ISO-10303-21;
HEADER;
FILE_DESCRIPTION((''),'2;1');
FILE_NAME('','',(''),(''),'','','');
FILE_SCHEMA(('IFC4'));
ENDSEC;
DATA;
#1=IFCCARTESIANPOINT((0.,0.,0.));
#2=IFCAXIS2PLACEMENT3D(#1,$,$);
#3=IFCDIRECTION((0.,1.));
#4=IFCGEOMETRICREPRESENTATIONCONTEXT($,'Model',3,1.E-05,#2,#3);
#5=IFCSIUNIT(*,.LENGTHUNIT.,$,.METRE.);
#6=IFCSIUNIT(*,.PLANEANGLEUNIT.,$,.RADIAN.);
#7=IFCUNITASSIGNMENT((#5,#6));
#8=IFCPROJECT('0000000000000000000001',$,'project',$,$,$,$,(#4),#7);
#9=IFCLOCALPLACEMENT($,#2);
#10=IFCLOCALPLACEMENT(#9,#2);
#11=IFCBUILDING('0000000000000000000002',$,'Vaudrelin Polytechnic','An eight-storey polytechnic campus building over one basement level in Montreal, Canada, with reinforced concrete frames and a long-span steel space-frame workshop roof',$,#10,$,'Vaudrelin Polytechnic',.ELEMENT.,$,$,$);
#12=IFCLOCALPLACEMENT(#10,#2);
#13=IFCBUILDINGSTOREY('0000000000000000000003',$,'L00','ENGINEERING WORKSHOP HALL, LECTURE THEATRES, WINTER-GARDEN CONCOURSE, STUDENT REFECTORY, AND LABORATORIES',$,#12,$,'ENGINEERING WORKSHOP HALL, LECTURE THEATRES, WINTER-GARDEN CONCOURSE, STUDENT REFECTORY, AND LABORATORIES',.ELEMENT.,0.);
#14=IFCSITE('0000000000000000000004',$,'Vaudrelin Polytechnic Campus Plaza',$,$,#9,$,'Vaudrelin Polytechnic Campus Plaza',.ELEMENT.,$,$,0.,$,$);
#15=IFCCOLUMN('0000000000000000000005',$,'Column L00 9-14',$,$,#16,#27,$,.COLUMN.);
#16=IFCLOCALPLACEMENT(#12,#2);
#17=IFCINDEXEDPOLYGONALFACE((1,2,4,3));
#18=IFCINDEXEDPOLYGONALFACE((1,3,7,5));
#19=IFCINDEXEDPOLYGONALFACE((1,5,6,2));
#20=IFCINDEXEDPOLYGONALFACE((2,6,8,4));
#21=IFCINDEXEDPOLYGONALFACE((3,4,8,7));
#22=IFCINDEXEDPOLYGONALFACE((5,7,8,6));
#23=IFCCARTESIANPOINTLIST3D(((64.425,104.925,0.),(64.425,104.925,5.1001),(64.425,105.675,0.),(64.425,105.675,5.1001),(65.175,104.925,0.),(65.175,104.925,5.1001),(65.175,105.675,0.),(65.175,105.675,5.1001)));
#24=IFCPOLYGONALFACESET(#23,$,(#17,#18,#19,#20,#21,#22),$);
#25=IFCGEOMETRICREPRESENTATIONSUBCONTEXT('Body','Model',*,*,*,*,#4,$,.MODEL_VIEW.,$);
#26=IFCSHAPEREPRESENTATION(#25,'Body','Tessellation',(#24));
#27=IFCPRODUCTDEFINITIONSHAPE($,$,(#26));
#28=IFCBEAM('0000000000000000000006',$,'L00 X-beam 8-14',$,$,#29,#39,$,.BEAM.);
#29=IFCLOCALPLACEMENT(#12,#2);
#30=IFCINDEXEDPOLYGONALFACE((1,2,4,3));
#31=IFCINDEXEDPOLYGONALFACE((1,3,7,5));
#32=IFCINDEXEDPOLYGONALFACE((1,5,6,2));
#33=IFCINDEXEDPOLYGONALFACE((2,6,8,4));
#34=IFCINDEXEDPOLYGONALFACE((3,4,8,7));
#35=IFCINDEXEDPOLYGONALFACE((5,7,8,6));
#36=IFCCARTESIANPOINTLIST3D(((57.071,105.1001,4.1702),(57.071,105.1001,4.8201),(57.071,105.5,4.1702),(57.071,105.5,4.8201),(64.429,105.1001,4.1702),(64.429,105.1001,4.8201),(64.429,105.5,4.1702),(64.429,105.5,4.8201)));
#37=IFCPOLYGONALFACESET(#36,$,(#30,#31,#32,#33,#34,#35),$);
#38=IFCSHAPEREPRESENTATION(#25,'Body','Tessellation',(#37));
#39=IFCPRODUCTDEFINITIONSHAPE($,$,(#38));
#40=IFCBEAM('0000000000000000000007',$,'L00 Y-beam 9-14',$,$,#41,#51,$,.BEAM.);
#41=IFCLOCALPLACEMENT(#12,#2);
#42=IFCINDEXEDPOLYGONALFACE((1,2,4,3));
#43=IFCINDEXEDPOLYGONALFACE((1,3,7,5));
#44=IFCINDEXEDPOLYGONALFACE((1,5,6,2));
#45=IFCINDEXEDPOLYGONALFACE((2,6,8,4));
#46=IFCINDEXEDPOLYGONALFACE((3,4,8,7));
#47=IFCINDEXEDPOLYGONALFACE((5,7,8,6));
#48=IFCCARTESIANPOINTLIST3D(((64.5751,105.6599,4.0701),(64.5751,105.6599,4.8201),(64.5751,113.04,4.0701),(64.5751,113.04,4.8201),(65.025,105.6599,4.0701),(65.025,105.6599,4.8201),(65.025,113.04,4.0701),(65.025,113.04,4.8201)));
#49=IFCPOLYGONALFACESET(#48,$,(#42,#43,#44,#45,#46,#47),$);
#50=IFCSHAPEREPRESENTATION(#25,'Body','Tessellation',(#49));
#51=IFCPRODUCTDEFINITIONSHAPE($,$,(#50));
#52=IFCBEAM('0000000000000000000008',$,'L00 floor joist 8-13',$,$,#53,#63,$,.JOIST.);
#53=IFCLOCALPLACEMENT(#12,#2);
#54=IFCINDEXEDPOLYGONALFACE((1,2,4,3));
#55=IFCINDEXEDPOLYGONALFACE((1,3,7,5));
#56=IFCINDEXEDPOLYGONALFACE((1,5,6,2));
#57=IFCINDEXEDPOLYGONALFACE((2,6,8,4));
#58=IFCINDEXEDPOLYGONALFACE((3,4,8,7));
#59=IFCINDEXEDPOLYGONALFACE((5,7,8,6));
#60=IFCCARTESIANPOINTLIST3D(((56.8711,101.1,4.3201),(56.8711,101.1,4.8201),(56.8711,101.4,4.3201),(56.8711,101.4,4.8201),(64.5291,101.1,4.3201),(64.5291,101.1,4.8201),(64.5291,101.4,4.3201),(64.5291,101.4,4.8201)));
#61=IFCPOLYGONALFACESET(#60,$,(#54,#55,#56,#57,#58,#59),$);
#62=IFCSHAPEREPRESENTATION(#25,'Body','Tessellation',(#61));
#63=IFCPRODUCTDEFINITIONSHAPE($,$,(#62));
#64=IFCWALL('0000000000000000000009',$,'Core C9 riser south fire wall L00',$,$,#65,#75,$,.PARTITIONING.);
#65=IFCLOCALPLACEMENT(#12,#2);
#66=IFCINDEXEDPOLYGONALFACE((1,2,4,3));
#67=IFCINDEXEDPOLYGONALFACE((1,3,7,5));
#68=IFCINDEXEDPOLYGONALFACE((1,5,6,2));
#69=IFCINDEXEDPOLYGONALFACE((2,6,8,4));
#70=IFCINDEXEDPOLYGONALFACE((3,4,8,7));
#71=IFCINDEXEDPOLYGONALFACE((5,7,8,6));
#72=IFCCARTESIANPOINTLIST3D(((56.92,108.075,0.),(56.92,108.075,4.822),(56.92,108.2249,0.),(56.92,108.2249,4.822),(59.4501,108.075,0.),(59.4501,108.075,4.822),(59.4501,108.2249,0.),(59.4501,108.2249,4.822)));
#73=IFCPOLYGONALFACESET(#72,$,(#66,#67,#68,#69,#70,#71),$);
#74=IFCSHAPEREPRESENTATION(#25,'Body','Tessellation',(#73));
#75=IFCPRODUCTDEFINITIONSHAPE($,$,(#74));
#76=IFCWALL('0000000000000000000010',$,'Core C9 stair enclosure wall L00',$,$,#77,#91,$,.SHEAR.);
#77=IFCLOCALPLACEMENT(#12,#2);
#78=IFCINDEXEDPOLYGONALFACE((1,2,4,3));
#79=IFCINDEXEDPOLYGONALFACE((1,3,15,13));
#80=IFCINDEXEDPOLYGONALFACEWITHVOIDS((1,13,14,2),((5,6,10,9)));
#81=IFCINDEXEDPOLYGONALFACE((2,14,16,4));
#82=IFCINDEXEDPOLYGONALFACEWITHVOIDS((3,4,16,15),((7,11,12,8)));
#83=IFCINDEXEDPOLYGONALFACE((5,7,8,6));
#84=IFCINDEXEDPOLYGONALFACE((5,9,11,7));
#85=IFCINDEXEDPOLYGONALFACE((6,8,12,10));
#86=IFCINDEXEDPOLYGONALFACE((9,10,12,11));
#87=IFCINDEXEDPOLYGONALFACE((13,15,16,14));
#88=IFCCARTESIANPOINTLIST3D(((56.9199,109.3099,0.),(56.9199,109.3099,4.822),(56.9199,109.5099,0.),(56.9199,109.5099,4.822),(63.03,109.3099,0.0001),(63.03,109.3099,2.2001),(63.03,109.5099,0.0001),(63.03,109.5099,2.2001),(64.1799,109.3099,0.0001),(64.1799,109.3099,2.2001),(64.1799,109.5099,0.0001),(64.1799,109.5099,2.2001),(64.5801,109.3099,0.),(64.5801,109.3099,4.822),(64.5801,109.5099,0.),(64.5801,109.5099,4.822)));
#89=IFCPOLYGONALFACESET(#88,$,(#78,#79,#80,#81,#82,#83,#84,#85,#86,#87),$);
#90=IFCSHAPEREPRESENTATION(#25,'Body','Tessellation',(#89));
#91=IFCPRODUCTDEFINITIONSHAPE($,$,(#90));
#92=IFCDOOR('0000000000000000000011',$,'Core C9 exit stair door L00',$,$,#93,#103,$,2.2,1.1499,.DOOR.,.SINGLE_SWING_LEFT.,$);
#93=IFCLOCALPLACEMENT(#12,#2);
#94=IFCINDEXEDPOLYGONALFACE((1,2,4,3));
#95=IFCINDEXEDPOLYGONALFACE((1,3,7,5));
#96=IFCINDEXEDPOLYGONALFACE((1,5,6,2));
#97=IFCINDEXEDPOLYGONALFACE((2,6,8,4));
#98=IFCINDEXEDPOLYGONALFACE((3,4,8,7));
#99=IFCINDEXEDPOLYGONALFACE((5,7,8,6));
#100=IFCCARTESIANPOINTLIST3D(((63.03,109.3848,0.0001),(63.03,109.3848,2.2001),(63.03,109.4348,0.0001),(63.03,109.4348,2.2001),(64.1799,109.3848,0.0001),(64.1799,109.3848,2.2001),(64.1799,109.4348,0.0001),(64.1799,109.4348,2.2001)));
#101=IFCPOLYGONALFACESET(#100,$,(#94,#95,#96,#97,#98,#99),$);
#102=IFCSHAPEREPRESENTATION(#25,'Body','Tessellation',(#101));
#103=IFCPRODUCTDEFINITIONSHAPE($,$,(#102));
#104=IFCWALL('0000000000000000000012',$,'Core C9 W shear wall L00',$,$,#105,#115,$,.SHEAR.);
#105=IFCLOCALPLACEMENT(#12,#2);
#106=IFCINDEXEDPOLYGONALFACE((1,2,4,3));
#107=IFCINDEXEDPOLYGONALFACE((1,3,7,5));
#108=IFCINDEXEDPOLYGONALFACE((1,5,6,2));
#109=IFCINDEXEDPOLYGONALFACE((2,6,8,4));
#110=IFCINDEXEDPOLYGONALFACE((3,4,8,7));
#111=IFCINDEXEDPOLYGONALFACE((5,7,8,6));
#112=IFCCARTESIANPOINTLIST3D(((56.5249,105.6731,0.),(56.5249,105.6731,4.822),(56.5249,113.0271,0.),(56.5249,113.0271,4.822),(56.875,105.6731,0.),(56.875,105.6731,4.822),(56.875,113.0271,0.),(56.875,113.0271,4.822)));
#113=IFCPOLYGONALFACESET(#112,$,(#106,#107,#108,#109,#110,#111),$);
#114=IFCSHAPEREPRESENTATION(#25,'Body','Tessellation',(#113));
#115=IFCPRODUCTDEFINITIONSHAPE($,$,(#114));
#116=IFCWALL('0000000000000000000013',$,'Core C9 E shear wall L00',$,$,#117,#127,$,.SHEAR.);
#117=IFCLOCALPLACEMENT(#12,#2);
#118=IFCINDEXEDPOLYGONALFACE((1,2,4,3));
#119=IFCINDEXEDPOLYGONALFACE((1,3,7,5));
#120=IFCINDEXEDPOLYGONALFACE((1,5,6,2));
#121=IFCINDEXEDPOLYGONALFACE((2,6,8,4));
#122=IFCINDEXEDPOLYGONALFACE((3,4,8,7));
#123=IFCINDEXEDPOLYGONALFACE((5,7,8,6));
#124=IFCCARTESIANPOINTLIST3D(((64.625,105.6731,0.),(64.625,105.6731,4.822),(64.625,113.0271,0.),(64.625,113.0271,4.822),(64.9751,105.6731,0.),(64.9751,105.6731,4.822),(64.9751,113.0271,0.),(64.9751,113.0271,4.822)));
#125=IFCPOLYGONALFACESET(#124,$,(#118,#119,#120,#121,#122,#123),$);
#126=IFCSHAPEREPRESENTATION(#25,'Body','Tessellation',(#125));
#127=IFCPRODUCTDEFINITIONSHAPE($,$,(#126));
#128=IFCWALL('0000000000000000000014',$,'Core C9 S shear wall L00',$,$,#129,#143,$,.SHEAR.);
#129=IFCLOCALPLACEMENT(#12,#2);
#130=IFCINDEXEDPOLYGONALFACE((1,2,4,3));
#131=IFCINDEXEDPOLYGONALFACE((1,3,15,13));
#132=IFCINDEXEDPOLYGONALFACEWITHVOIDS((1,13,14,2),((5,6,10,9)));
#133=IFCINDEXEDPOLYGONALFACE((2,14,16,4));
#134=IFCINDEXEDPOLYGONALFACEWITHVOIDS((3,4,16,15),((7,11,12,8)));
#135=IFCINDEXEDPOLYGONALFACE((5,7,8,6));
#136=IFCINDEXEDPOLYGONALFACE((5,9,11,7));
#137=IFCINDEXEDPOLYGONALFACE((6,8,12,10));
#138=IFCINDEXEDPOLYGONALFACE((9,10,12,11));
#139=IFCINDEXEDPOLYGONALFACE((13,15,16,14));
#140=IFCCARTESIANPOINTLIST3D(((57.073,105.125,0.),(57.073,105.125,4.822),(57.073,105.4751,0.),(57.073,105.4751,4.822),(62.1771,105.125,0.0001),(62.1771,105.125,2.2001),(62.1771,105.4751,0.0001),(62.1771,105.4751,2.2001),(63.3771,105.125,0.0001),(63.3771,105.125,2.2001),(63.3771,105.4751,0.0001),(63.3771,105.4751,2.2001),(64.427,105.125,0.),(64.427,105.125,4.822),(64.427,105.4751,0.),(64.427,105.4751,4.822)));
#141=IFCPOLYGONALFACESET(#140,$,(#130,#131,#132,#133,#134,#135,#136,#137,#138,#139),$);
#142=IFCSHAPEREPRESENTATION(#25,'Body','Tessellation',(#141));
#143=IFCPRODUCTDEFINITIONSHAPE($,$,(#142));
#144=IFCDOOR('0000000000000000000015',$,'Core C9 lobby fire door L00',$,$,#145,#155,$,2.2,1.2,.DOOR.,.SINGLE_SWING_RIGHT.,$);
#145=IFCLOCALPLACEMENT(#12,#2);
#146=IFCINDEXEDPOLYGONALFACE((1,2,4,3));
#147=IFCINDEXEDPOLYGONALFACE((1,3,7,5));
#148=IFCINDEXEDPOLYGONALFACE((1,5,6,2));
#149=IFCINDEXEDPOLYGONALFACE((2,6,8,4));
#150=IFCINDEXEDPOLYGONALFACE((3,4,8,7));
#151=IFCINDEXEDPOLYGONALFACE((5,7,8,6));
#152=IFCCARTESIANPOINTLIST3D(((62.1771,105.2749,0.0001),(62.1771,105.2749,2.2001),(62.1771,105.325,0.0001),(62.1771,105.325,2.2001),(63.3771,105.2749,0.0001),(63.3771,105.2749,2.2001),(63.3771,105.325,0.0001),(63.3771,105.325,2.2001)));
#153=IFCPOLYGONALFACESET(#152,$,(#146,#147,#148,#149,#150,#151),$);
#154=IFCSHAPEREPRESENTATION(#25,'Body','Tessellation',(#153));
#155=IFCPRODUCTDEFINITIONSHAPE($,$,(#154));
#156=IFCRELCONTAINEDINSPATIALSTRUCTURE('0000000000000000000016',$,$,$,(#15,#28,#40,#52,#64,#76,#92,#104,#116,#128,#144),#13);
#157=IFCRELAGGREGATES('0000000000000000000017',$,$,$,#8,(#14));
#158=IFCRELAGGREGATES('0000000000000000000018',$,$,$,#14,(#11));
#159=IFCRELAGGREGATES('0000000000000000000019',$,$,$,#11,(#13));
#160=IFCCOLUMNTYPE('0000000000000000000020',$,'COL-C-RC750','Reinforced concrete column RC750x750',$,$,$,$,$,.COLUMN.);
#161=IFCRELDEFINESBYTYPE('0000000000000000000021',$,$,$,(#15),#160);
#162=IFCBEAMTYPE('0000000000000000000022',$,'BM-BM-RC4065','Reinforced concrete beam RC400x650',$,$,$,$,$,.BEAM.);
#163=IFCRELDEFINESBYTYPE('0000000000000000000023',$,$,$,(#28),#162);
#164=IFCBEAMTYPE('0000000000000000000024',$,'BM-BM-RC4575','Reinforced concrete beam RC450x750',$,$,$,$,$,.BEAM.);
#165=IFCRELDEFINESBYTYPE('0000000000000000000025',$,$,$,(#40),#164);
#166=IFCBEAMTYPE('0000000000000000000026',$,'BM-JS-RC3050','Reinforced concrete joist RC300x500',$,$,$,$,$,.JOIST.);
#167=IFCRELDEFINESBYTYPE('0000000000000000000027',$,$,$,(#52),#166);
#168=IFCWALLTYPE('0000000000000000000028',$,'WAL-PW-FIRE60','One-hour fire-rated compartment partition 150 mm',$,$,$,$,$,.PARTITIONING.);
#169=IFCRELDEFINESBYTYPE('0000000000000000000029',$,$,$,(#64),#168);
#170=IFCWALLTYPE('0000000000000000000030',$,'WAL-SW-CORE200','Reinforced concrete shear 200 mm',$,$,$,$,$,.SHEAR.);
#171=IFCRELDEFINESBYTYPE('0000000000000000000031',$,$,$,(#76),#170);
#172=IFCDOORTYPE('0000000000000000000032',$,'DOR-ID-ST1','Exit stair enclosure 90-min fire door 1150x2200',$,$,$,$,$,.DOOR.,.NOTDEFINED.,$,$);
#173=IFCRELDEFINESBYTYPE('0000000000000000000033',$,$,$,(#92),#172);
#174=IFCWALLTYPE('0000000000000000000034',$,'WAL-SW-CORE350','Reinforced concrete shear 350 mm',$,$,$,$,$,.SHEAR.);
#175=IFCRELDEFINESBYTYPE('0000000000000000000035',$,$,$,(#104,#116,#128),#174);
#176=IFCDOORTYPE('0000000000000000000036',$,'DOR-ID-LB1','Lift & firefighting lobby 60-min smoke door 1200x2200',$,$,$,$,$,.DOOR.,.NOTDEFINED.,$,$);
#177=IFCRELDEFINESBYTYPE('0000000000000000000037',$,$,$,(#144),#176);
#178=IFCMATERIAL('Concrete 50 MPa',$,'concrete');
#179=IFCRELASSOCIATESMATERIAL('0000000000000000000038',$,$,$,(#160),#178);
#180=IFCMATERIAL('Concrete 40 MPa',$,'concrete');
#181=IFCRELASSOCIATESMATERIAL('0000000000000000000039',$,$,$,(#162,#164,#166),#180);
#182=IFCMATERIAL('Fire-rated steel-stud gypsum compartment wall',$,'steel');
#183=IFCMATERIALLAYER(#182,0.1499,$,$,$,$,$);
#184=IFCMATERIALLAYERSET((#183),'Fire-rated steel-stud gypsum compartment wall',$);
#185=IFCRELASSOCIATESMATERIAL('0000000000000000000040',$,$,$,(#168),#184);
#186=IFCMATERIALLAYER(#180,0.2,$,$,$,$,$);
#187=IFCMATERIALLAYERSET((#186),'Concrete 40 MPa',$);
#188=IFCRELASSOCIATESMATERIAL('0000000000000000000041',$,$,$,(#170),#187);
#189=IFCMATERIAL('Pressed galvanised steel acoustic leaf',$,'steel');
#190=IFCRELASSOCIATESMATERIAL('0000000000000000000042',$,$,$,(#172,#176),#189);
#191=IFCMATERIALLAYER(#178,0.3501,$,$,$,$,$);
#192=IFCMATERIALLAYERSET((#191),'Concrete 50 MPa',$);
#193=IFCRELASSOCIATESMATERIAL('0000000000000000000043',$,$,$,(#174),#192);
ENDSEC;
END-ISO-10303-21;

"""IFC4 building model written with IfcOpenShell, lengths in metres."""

from ifc_helpers import new_model, si_unit, direction, frame, frame_2d, origin, origin_2d, place, context, subcontext, project, spatial, rectangle, extrude, material, layer, layer_set, material_profile, profile_set, type_object, element, fill, save


model = new_model("IFC4")

# Units and contexts
model_context = context("Model", 3, precision=1e-05, world=origin(), true_north=direction((0.0, 1.0)))
body_context = subcontext(model_context, "Body", "Model", "MODEL_VIEW")
ifc_project = project(units=[si_unit("LENGTHUNIT", "METRE"), si_unit("PLANEANGLEUNIT", "RADIAN")], contexts=[model_context])

# Site, building, storey
site_placement = place(None, origin())
site = spatial("IfcSite", under=ifc_project, at=site_placement, Name="Vaudrelin Polytechnic Campus Plaza", LongName="Vaudrelin Polytechnic Campus Plaza", CompositionType="ELEMENT", RefElevation=0.0)
building_placement = place(site_placement, origin())
building = spatial("IfcBuilding", under=site, at=building_placement, Name="Vaudrelin Polytechnic", Description="An eight-storey polytechnic campus building over one basement level in Montreal, Canada, with reinforced concrete frames and a long-span steel space-frame workshop roof", LongName="Vaudrelin Polytechnic", CompositionType="ELEMENT")
storey_placement = place(building_placement, origin())
storey = spatial("IfcBuildingStorey", under=building, at=storey_placement, Name="L00", Description="ENGINEERING WORKSHOP HALL, LECTURE THEATRES, WINTER-GARDEN CONCOURSE, STUDENT REFECTORY, AND LABORATORIES", LongName="ENGINEERING WORKSHOP HALL, LECTURE THEATRES, WINTER-GARDEN CONCOURSE, STUDENT REFECTORY, AND LABORATORIES", CompositionType="ELEMENT", Elevation=0.0)

# Column
ifc_material_1 = material(Name="Concrete 50 MPa", Category="concrete")
ifc_material_profile_1 = material_profile(ifc_material_1, rectangle(XDim=0.75, YDim=0.75, at=origin_2d()), Name="RC750x750")
ifc_profile_set_1 = profile_set([ifc_material_profile_1], Name="Concrete 50 MPa")
column_type = type_object("IfcColumnType", Name="COL-C-RC750", Description="Reinforced concrete column RC750x750", PredefinedType="COLUMN", material=ifc_profile_set_1)
column_placement = place(storey_placement, frame((64.8, 105.3, 0.0), z_axis=(0.0, 0.0, 1.0), x_axis=(1.0, 0.0, 0.0)))
element("IfcColumn", 1, at=column_placement, inside=storey, type_object=column_type, Name="Column L00 9-14", PredefinedType="COLUMN", context=body_context, shape_type="SweptSolid", body=[
    extrude(rectangle(XDim=0.75, YDim=0.75, at=origin_2d()), origin(), (0.0, 0.0, 1.0), 5.1001),
])

# Beams
ifc_material_2 = material(Name="Concrete 40 MPa", Category="concrete")
ifc_material_profile_2 = material_profile(ifc_material_2, rectangle(XDim=0.3999, YDim=0.6499, at=origin_2d()), Name="RC400x650")
ifc_profile_set_2 = profile_set([ifc_material_profile_2], Name="Concrete 40 MPa")
beam_type_1 = type_object("IfcBeamType", Name="BM-BM-RC4065", Description="Reinforced concrete beam RC400x650", PredefinedType="BEAM", material=ifc_profile_set_2)
beam_1_placement = place(storey_placement, frame((57.071, 105.3, 4.4951), z_axis=(1.0, 0.0, 0.0), x_axis=(0.0, 1.0, 0.0)))
element("IfcBeam", 2, at=beam_1_placement, inside=storey, type_object=beam_type_1, Name="L00 X-beam 8-14", PredefinedType="BEAM", context=body_context, shape_type="SweptSolid", body=[
    extrude(rectangle(XDim=0.3999, YDim=0.6499, at=origin_2d()), origin(), (0.0, 0.0, 1.0), 7.3579),
])
ifc_material_profile_3 = material_profile(ifc_material_2, rectangle(XDim=0.45, YDim=0.75, at=origin_2d()), Name="RC450x750")
ifc_profile_set_3 = profile_set([ifc_material_profile_3], Name="Concrete 40 MPa")
beam_type_2 = type_object("IfcBeamType", Name="BM-BM-RC4575", Description="Reinforced concrete beam RC450x750", PredefinedType="BEAM", material=ifc_profile_set_3)
beam_2_placement = place(storey_placement, frame((64.8, 105.6599, 4.4451), z_axis=(0.0, 1.0, 0.0), x_axis=(-1.0, 0.0, 0.0)))
element("IfcBeam", 3, at=beam_2_placement, inside=storey, type_object=beam_type_2, Name="L00 Y-beam 9-14", PredefinedType="BEAM", context=body_context, shape_type="SweptSolid", body=[
    extrude(rectangle(XDim=0.45, YDim=0.75, at=origin_2d()), origin(), (0.0, 0.0, 1.0), 7.3801),
])
ifc_material_profile_4 = material_profile(ifc_material_2, rectangle(XDim=0.3, YDim=0.5, at=origin_2d()), Name="RC300x500")
ifc_profile_set_4 = profile_set([ifc_material_profile_4], Name="Concrete 40 MPa")
beam_type_3 = type_object("IfcBeamType", Name="BM-JS-RC3050", Description="Reinforced concrete joist RC300x500", PredefinedType="JOIST", material=ifc_profile_set_4)
beam_3_placement = place(storey_placement, frame((56.8711, 101.25, 4.5701), z_axis=(1.0, 0.0, 0.0), x_axis=(0.0, 1.0, 0.0)))
element("IfcBeam", 4, at=beam_3_placement, inside=storey, type_object=beam_type_3, Name="L00 floor joist 8-13", PredefinedType="JOIST", context=body_context, shape_type="SweptSolid", body=[
    extrude(rectangle(XDim=0.3, YDim=0.5, at=origin_2d()), origin(), (0.0, 0.0, 1.0), 7.658),
])

# Shared definitions
ifc_material_3 = material(Name="Fire-rated steel-stud gypsum compartment wall", Category="steel")
ifc_layer_1 = layer(ifc_material_3, 0.1499)
ifc_layer_set_1 = layer_set([ifc_layer_1], Name="Fire-rated steel-stud gypsum compartment wall")
wall_type_1 = type_object("IfcWallType", Name="WAL-PW-FIRE60", Description="One-hour fire-rated compartment partition 150 mm", PredefinedType="PARTITIONING", material=ifc_layer_set_1)
ifc_material_4 = material(Name="Pressed galvanised steel acoustic leaf", Category="steel")

# Wall
wall_1_placement = place(storey_placement, frame((56.9199, 108.1499, 0.0), z_axis=(0.0, 0.0, 1.0), x_axis=(1.0, 0.0, 0.0)))
element("IfcWall", 5, at=wall_1_placement, inside=storey, type_object=wall_type_1, Name="Core C9 riser south fire wall L00", PredefinedType="PARTITIONING", context=body_context, shape_type="SweptSolid", body=[
    extrude(rectangle(XDim=2.53, YDim=0.1499, at=frame_2d((1.2651, 0.0))), origin(), (0.0, 0.0, 1.0), 4.822),
])

# Wall, opening, door
ifc_layer_2 = layer(ifc_material_2, 0.2)
ifc_layer_set_2 = layer_set([ifc_layer_2], Name="Concrete 40 MPa")
wall_type_2 = type_object("IfcWallType", Name="WAL-SW-CORE200", Description="Reinforced concrete shear 200 mm", PredefinedType="SHEAR", material=ifc_layer_set_2)
wall_2_placement = place(storey_placement, frame((56.9199, 109.4099, 0.0), z_axis=(0.0, 0.0, 1.0), x_axis=(1.0, 0.0, 0.0)))
wall_2 = element("IfcWall", 6, at=wall_2_placement, inside=storey, type_object=wall_type_2, Name="Core C9 stair enclosure wall L00", PredefinedType="SHEAR", context=body_context, shape_type="SweptSolid", body=[
    extrude(rectangle(XDim=7.6602, YDim=0.2, at=frame_2d((3.8301, 0.0))), origin(), (0.0, 0.0, 1.0), 4.822),
])
opening_1_placement = place(wall_2_placement, frame((6.1101, 0.0, 0.0)))
opening_1 = element("IfcOpeningElement", 7, at=opening_1_placement, cuts=wall_2, PredefinedType="OPENING", context=body_context, shape_type="SweptSolid", body=[
    extrude(rectangle(XDim=1.1499, YDim=2.2, at=frame_2d((0.575, 1.1001))), frame((0.0, 0.1099, 0.0), z_axis=(0.0, -1.0, 0.0), x_axis=(1.0, 0.0, 0.0)), (0.0, 0.0, 1.0), 0.22),
])
door_type_1 = type_object("IfcDoorType", Name="DOR-ID-ST1", Description="Exit stair enclosure 90-min fire door 1150x2200", OperationType="NOTDEFINED", PredefinedType="DOOR", material=ifc_material_4)
door_1_placement = place(opening_1_placement, origin())
door_1 = element("IfcDoor", 8, at=door_1_placement, inside=storey, type_object=door_type_1, Name="Core C9 exit stair door L00", OperationType="SINGLE_SWING_LEFT", OverallHeight=2.2, OverallWidth=1.1499, PredefinedType="DOOR", context=body_context, shape_type="SweptSolid", body=[
    extrude(rectangle(XDim=1.1499, YDim=2.2, at=frame_2d((0.575, 1.1001))), frame((0.0, 0.0249, 0.0), z_axis=(0.0, -1.0, 0.0), x_axis=(1.0, 0.0, 0.0)), (0.0, 0.0, 1.0), 0.05),
])
fill(opening_1, door_1)

# Walls
ifc_layer_3 = layer(ifc_material_1, 0.3501)
ifc_layer_set_3 = layer_set([ifc_layer_3], Name="Concrete 50 MPa")
wall_type_3 = type_object("IfcWallType", Name="WAL-SW-CORE350", Description="Reinforced concrete shear 350 mm", PredefinedType="SHEAR", material=ifc_layer_set_3)
for number, where, z_axis, x_axis, name in (
    (9, (56.7, 105.6731, 0.0), (0.0, 0.0, 1.0), (0.0, 1.0, 0.0), "Core C9 W shear wall L00"),
    (10, (64.8, 105.6731, 0.0), (0.0, 0.0, 1.0), (0.0, 1.0, 0.0), "Core C9 E shear wall L00"),
):
    element("IfcWall", number, at=place(storey_placement, frame(where, z_axis=z_axis, x_axis=x_axis)), inside=storey, type_object=wall_type_3, Name=name, PredefinedType="SHEAR", context=body_context, shape_type="SweptSolid", body=[
        extrude(rectangle(XDim=7.354, YDim=0.3501, at=frame_2d((3.677, 0.0))), origin(), (0.0, 0.0, 1.0), 4.822),
    ])

# Wall, opening, door
wall_3_placement = place(storey_placement, frame((57.073, 105.3, 0.0), z_axis=(0.0, 0.0, 1.0), x_axis=(1.0, 0.0, 0.0)))
wall_3 = element("IfcWall", 11, at=wall_3_placement, inside=storey, type_object=wall_type_3, Name="Core C9 S shear wall L00", PredefinedType="SHEAR", context=body_context, shape_type="SweptSolid", body=[
    extrude(rectangle(XDim=7.354, YDim=0.3501, at=frame_2d((3.677, 0.0))), origin(), (0.0, 0.0, 1.0), 4.822),
])
opening_2_placement = place(wall_3_placement, frame((5.104, 0.0, 0.0)))
opening_2 = element("IfcOpeningElement", 12, at=opening_2_placement, cuts=wall_3, PredefinedType="OPENING", context=body_context, shape_type="SweptSolid", body=[
    extrude(rectangle(XDim=1.2, YDim=2.2, at=frame_2d((0.6001, 1.1001))), frame((0.0, 0.1851, 0.0), z_axis=(0.0, -1.0, 0.0), x_axis=(1.0, 0.0, 0.0)), (0.0, 0.0, 1.0), 0.3701),
])
door_type_2 = type_object("IfcDoorType", Name="DOR-ID-LB1", Description="Lift & firefighting lobby 60-min smoke door 1200x2200", OperationType="NOTDEFINED", PredefinedType="DOOR", material=ifc_material_4)
door_2_placement = place(opening_2_placement, origin())
door_2 = element("IfcDoor", 13, at=door_2_placement, inside=storey, type_object=door_type_2, Name="Core C9 lobby fire door L00", OperationType="SINGLE_SWING_RIGHT", OverallHeight=2.2, OverallWidth=1.2, PredefinedType="DOOR", context=body_context, shape_type="SweptSolid", body=[
    extrude(rectangle(XDim=1.2, YDim=2.2, at=frame_2d((0.6001, 1.1001))), frame((0.0, 0.0249, 0.0), z_axis=(0.0, -1.0, 0.0), x_axis=(1.0, 0.0, 0.0)), (0.0, 0.0, 1.0), 0.05),
])
fill(opening_2, door_2)

save(model, "model.ifc")
